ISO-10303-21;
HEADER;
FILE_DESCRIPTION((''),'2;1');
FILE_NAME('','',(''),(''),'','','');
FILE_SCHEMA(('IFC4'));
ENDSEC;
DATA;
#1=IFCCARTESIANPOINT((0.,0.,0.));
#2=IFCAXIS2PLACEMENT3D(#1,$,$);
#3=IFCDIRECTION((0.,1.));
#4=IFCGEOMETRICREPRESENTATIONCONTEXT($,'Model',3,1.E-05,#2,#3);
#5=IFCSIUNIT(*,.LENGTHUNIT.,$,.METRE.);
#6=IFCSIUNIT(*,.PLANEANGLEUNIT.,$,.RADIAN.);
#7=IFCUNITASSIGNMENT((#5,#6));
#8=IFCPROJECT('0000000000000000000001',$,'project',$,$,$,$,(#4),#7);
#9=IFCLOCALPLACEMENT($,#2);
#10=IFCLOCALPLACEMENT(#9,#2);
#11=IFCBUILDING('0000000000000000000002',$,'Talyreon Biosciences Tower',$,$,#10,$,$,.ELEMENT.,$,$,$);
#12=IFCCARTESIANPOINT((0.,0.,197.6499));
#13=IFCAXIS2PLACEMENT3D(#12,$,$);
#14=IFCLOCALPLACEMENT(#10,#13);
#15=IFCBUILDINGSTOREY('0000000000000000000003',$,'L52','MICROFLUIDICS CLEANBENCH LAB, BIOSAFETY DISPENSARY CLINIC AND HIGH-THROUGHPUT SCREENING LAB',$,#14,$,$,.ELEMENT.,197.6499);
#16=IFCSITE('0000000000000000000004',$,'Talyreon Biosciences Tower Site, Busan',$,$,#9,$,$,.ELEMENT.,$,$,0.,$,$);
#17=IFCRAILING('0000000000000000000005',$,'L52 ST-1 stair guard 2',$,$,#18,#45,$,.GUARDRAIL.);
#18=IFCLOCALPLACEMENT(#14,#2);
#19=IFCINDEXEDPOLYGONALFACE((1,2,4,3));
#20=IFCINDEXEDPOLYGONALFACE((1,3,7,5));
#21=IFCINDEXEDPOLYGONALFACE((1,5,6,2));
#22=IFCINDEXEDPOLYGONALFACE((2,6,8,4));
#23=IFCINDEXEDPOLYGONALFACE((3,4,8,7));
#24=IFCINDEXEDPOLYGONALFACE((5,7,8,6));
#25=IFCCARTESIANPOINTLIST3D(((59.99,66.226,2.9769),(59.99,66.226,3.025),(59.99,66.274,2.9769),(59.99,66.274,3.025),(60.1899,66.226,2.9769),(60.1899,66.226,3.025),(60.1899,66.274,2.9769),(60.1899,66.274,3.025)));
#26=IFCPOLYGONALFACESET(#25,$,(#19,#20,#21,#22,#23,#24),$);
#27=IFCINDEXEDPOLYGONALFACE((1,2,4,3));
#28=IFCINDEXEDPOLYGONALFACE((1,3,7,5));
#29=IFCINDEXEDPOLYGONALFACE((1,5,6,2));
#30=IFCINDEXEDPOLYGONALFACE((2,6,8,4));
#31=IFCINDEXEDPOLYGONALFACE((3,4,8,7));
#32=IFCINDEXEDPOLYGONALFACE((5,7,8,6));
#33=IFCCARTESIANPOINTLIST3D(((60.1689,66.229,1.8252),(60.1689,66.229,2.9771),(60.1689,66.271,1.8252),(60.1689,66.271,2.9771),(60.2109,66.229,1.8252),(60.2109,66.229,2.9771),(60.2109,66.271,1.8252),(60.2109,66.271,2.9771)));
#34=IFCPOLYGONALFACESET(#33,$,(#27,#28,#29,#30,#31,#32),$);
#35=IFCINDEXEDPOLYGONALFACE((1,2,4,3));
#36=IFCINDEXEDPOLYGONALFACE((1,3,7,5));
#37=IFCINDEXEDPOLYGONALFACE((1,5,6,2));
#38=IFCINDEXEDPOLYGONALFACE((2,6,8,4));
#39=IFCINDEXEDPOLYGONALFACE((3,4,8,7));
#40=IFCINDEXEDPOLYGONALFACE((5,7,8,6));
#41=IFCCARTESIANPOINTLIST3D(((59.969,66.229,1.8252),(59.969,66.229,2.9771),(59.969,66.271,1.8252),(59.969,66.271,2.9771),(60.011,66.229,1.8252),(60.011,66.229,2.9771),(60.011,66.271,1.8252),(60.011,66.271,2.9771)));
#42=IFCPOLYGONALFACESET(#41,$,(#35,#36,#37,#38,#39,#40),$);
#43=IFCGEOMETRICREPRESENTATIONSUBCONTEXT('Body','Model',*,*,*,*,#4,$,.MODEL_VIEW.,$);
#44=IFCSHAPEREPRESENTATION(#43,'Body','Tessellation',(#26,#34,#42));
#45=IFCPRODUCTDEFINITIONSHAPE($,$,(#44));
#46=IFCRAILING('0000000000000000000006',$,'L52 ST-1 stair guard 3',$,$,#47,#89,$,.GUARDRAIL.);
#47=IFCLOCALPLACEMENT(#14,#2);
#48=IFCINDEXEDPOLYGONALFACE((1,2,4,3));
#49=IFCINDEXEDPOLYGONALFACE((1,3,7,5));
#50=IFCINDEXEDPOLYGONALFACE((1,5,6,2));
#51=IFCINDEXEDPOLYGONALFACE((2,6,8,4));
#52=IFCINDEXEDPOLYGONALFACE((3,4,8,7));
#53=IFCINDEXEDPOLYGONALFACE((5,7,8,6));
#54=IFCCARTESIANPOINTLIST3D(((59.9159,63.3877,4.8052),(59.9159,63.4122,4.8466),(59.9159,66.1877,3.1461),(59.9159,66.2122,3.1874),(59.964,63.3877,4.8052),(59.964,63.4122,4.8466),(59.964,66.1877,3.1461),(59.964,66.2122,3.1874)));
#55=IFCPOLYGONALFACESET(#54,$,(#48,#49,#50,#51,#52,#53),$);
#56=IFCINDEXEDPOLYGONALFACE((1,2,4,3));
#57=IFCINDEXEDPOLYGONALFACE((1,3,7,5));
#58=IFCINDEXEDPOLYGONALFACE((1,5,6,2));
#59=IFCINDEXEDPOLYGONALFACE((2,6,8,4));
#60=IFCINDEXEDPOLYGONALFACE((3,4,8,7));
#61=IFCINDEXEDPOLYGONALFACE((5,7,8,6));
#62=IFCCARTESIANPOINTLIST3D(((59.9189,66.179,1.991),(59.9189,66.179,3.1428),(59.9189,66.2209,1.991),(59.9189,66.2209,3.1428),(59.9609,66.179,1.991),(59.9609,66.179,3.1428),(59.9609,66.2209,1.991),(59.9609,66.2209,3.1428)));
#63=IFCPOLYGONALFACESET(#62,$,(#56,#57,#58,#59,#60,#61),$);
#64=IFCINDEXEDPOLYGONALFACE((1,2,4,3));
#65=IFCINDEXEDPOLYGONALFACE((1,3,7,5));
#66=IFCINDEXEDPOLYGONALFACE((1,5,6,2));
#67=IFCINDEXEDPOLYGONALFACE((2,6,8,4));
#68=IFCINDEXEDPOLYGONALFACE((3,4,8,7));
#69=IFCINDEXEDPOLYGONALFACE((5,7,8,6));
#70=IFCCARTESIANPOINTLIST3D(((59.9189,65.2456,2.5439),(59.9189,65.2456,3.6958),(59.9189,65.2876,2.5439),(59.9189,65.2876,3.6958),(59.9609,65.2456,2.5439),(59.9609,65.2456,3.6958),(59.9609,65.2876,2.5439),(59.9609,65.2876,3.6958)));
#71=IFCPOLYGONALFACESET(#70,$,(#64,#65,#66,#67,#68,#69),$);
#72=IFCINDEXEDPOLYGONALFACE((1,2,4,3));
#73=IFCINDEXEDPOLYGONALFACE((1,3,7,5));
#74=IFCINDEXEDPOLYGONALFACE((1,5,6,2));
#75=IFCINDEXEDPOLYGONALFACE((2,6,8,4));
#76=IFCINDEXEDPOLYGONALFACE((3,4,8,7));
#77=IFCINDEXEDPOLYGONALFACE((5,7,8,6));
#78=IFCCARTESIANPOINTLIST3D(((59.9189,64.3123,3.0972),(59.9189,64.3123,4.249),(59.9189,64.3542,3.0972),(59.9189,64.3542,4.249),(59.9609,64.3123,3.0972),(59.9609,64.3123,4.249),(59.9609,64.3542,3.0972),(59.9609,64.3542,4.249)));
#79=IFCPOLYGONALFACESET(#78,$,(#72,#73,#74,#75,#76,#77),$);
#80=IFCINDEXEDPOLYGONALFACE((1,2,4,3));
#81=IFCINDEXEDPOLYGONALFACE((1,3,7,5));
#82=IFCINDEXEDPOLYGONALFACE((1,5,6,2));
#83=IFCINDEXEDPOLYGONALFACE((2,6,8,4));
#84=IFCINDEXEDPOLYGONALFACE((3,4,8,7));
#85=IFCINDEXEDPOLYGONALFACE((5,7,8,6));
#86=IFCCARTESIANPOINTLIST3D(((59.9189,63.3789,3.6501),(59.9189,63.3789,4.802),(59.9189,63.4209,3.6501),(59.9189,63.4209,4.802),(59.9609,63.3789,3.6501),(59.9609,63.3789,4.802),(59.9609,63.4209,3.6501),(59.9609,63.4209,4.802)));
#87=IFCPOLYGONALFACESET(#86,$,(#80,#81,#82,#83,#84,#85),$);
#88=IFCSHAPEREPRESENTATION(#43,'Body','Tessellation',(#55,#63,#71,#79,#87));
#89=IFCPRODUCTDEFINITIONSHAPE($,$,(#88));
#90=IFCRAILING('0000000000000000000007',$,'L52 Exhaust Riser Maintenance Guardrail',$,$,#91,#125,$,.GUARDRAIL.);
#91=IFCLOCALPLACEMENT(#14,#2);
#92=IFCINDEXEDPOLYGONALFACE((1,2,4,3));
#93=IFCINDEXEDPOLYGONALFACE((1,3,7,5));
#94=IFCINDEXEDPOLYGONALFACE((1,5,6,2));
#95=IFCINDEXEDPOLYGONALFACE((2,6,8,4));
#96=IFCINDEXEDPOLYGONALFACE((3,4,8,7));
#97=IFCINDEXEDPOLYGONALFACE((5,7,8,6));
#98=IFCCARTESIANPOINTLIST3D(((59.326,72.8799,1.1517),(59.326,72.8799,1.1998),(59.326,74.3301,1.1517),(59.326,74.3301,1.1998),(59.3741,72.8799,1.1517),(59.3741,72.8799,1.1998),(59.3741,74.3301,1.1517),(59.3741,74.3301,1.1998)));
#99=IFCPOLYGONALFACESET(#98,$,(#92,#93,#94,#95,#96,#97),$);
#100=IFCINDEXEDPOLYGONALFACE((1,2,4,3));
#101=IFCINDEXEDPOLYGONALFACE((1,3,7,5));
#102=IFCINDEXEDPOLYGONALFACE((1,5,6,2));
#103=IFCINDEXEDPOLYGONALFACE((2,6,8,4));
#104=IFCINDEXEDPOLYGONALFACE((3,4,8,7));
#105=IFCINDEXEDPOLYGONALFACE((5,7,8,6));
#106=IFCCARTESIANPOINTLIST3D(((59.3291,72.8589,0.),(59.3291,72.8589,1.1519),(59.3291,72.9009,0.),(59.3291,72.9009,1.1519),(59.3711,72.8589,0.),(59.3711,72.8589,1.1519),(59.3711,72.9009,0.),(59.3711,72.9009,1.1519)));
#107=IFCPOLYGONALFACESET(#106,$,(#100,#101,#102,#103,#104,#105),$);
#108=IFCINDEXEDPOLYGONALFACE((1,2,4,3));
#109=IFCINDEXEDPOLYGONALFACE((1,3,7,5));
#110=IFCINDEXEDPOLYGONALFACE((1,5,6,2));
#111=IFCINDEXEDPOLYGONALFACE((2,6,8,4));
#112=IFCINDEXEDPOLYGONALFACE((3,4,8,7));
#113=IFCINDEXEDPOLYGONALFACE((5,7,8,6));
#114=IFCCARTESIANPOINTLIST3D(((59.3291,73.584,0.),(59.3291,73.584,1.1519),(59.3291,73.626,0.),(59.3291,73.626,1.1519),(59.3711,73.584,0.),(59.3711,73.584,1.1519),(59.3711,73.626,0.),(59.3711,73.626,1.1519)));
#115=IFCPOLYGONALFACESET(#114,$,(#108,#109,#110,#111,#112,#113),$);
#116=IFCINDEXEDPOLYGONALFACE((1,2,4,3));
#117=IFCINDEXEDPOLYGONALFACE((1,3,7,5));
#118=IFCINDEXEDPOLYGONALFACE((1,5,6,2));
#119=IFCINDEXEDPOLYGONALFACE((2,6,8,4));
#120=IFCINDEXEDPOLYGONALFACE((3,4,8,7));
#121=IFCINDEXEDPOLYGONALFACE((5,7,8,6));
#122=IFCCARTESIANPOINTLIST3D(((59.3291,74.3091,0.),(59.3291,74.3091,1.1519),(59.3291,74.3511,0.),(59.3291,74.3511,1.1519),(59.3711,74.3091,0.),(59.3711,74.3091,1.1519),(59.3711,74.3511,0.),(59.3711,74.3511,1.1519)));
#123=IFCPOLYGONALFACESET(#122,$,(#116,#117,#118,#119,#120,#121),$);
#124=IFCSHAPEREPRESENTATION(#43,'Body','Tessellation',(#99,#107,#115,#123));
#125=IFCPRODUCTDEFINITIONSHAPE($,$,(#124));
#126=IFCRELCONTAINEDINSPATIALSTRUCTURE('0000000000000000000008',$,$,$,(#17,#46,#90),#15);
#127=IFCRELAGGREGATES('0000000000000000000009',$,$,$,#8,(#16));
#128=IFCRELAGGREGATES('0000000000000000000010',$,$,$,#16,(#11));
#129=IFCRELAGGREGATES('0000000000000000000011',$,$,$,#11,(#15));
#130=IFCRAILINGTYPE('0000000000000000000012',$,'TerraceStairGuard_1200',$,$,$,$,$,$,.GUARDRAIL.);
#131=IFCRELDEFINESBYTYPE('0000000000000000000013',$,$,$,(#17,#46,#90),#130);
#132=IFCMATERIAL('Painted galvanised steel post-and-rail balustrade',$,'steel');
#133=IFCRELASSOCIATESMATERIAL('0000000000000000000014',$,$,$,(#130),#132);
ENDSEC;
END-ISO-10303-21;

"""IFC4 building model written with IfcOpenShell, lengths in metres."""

from ifc_helpers import new_model, si_unit, direction, frame, origin, origin_2d, place, context, subcontext, project, spatial, rectangle, extrude, material, type_object, element, save


model = new_model("IFC4")

# Units and contexts
model_context = context("Model", 3, precision=1e-05, world=origin(), true_north=direction((0.0, 1.0)))
body_context = subcontext(model_context, "Body", "Model", "MODEL_VIEW")
ifc_project = project(units=[si_unit("LENGTHUNIT", "METRE"), si_unit("PLANEANGLEUNIT", "RADIAN")], contexts=[model_context])

# Site, building, storey
site_placement = place(None, origin())
site = spatial("IfcSite", under=ifc_project, at=site_placement, Name="Talyreon Biosciences Tower Site, Busan", CompositionType="ELEMENT", RefElevation=0.0)
building_placement = place(site_placement, origin())
building = spatial("IfcBuilding", under=site, at=building_placement, Name="Talyreon Biosciences Tower", CompositionType="ELEMENT")
storey_placement = place(building_placement, frame((0.0, 0.0, 197.6499)))
storey = spatial("IfcBuildingStorey", under=building, at=storey_placement, Name="L52", Description="MICROFLUIDICS CLEANBENCH LAB, BIOSAFETY DISPENSARY CLINIC AND HIGH-THROUGHPUT SCREENING LAB", CompositionType="ELEMENT", Elevation=197.6499)

# Railings
ifc_material_1 = material(Name="Painted galvanised steel post-and-rail balustrade", Category="steel")
railing_type_1 = type_object("IfcRailingType", Name="TerraceStairGuard_1200", PredefinedType="GUARDRAIL", material=ifc_material_1)
railing_1_placement = place(storey_placement, frame((60.1899, 66.25, 1.8252)))
element("IfcRailing", 1, at=railing_1_placement, inside=storey, type_object=railing_type_1, Name="L52 ST-1 stair guard 2", PredefinedType="GUARDRAIL", context=body_context, shape_type="SweptSolid", body=[
    extrude(rectangle(XDim=0.0481, YDim=0.0481, at=origin_2d()), frame((0.0, 0.0, 1.1758), z_axis=(-1.0, 0.0, 0.0), x_axis=(0.0, -1.0, 0.0)), (0.0, 0.0, 1.0), 0.2),
    extrude(rectangle(XDim=0.042, YDim=0.042, at=origin_2d()), origin(), (0.0, 0.0, 1.0), 1.1519),
    extrude(rectangle(XDim=0.042, YDim=0.042, at=origin_2d()), frame((-0.2, 0.0, 0.0)), (0.0, 0.0, 1.0), 1.1519),
])
railing_2_placement = place(storey_placement, frame((59.9399, 66.2, 1.991)))
element("IfcRailing", 2, at=railing_2_placement, inside=storey, type_object=railing_type_1, Name="L52 ST-1 stair guard 3", PredefinedType="GUARDRAIL", context=body_context, shape_type="SweptSolid", body=[
    extrude(rectangle(XDim=0.0481, YDim=0.0481, at=origin_2d()), frame((0.0, 0.0, 1.1758), z_axis=(0.0, -0.860306, 0.509778), x_axis=(1.0, 0.0, 0.0)), (0.0, 0.0, 1.0), 3.2546),
    extrude(rectangle(XDim=0.042, YDim=0.042, at=origin_2d()), origin(), (0.0, 0.0, 1.0), 1.1519),
    extrude(rectangle(XDim=0.042, YDim=0.042, at=origin_2d()), frame((0.0, -0.9333, 0.553)), (0.0, 0.0, 1.0), 1.1519),
    extrude(rectangle(XDim=0.042, YDim=0.042, at=origin_2d()), frame((0.0, -1.8667, 1.1062)), (0.0, 0.0, 1.0), 1.1519),
    extrude(rectangle(XDim=0.042, YDim=0.042, at=origin_2d()), frame((0.0, -2.8, 1.6592)), (0.0, 0.0, 1.0), 1.1519),
])
railing_3_placement = place(storey_placement, frame((59.3501, 72.8799, 0.0)))
element("IfcRailing", 3, at=railing_3_placement, inside=storey, type_object=railing_type_1, Name="L52 Exhaust Riser Maintenance Guardrail", PredefinedType="GUARDRAIL", context=body_context, shape_type="SweptSolid", body=[
    extrude(rectangle(XDim=0.0481, YDim=0.0481, at=origin_2d()), frame((0.0, 0.0, 1.1758), z_axis=(0.0, 1.0, 0.0), x_axis=(-1.0, 0.0, 0.0)), (0.0, 0.0, 1.0), 1.4502),
    extrude(rectangle(XDim=0.042, YDim=0.042, at=origin_2d()), origin(), (0.0, 0.0, 1.0), 1.1519),
    extrude(rectangle(XDim=0.042, YDim=0.042, at=origin_2d()), frame((0.0, 0.7251, 0.0)), (0.0, 0.0, 1.0), 1.1519),
    extrude(rectangle(XDim=0.042, YDim=0.042, at=origin_2d()), frame((0.0, 1.4502, 0.0)), (0.0, 0.0, 1.0), 1.1519),
])

save(model, "model.ifc")
